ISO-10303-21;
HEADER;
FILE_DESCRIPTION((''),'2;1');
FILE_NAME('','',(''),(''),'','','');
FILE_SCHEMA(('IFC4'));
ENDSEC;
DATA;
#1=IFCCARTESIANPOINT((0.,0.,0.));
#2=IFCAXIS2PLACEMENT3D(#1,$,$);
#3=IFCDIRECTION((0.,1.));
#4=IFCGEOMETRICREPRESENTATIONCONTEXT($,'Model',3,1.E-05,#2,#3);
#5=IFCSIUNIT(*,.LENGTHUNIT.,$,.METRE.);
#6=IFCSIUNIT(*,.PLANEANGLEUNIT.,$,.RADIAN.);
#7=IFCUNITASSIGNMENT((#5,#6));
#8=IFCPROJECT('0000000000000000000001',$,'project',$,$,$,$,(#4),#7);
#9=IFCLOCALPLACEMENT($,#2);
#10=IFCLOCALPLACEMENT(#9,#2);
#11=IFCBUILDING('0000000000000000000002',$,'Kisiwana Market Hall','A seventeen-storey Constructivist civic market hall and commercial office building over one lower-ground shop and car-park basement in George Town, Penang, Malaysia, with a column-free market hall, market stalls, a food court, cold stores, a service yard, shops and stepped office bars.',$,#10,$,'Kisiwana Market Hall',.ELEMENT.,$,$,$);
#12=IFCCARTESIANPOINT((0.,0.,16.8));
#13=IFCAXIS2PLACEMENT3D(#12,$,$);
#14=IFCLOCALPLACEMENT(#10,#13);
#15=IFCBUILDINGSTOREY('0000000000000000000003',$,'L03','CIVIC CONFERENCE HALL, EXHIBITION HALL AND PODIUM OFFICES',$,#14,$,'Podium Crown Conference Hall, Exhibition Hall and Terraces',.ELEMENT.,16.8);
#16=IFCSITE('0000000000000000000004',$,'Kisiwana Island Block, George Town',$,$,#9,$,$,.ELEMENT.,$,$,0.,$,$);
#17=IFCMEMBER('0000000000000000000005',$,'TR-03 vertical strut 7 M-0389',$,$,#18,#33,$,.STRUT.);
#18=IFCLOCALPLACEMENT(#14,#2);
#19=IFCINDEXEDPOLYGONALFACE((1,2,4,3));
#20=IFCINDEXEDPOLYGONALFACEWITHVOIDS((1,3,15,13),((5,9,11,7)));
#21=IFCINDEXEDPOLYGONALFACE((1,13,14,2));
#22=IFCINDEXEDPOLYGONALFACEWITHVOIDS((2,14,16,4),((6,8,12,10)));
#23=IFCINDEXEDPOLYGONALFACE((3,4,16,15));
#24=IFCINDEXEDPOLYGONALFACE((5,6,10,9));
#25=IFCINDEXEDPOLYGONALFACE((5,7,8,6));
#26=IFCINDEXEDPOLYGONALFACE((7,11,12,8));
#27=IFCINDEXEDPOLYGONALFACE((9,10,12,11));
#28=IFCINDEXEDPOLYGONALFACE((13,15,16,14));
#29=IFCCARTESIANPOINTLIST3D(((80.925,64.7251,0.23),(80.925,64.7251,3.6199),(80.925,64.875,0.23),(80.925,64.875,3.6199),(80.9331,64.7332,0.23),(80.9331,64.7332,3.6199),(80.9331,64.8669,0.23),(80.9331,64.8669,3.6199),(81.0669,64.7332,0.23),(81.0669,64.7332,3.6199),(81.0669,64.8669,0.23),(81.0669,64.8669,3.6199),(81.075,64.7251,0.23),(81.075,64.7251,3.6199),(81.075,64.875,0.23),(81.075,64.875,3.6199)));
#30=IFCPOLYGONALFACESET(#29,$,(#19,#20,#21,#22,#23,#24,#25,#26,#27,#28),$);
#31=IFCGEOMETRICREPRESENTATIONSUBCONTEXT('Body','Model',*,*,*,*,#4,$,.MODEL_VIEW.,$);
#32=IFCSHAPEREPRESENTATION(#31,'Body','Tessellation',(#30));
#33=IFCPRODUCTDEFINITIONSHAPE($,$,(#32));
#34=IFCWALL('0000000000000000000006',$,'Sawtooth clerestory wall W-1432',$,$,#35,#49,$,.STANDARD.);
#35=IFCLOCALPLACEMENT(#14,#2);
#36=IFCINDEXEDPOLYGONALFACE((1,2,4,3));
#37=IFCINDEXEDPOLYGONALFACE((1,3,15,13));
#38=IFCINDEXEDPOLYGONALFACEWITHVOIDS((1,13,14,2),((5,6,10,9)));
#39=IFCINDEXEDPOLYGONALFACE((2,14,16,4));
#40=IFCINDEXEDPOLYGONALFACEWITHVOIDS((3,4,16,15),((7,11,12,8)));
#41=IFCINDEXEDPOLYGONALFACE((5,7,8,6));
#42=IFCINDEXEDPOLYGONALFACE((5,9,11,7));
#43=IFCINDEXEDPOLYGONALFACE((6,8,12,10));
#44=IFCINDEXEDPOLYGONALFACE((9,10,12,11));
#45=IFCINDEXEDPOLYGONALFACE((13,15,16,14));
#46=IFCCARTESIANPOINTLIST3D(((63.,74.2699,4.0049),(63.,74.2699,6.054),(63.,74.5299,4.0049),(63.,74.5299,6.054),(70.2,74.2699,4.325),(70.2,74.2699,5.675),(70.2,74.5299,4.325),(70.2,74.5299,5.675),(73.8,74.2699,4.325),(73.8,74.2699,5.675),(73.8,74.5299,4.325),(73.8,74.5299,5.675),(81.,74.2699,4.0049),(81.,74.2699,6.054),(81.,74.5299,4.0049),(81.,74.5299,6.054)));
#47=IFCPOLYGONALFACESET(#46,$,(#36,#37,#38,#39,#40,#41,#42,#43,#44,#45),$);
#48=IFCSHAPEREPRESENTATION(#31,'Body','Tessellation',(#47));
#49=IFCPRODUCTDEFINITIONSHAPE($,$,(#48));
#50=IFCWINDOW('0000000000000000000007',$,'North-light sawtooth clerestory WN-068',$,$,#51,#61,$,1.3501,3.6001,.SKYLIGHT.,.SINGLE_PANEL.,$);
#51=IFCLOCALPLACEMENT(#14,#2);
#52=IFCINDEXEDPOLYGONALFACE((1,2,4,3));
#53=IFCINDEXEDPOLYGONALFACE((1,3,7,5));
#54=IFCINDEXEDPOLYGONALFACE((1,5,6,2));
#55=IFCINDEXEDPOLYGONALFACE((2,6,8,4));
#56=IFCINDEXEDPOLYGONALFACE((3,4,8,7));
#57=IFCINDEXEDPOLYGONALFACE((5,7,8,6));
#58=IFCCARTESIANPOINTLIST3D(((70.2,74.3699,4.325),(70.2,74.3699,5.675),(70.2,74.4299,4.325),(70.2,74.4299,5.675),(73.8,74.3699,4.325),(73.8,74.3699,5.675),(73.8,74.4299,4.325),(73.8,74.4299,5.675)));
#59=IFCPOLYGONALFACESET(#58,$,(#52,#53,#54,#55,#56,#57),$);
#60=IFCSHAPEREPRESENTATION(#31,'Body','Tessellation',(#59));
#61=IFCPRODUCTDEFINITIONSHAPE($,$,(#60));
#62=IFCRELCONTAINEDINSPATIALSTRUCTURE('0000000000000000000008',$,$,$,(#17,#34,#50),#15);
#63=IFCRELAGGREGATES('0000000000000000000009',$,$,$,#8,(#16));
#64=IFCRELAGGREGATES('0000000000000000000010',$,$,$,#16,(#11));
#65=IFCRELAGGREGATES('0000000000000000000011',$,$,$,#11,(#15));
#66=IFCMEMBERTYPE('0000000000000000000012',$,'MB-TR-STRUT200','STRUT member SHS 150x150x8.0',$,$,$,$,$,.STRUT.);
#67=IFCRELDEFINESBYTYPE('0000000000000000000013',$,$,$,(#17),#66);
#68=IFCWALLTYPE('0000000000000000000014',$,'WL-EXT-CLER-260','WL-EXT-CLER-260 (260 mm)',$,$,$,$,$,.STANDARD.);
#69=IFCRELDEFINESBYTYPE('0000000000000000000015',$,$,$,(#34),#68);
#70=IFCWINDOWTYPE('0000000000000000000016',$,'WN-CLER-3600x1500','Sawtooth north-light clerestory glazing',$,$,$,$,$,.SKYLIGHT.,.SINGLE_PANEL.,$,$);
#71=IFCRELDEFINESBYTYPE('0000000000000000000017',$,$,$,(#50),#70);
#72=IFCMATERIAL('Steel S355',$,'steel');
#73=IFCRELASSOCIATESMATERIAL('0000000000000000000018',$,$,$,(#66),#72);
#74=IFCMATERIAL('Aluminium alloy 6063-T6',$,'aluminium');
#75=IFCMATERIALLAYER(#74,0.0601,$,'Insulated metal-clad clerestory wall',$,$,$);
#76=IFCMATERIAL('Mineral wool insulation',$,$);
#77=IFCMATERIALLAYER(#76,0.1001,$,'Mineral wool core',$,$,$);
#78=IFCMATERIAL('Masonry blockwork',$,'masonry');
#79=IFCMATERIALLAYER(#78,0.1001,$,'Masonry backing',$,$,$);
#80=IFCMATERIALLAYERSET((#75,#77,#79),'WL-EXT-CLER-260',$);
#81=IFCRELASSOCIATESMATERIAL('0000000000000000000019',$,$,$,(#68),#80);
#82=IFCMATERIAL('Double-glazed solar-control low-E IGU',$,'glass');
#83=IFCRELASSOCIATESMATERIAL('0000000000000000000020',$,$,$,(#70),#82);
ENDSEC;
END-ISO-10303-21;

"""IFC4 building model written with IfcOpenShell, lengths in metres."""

from ifc_helpers import new_model, si_unit, direction, frame, frame_2d, origin, origin_2d, place, context, subcontext, project, spatial, rectangle, hollow_rectangle, extrude, material, layer, layer_set, material_profile, profile_set, type_object, element, fill, save


model = new_model("IFC4")

# Units and contexts
model_context = context("Model", 3, precision=1e-05, world=origin(), true_north=direction((0.0, 1.0)))
body_context = subcontext(model_context, "Body", "Model", "MODEL_VIEW")
ifc_project = project(units=[si_unit("LENGTHUNIT", "METRE"), si_unit("PLANEANGLEUNIT", "RADIAN")], contexts=[model_context])

# Site, building, storey
site_placement = place(None, origin())
site = spatial("IfcSite", under=ifc_project, at=site_placement, Name="Kisiwana Island Block, George Town", CompositionType="ELEMENT", RefElevation=0.0)
building_placement = place(site_placement, origin())
building = spatial("IfcBuilding", under=site, at=building_placement, Name="Kisiwana Market Hall", Description="A seventeen-storey Constructivist civic market hall and commercial office building over one lower-ground shop and car-park basement in George Town, Penang, Malaysia, with a column-free market hall, market stalls, a food court, cold stores, a service yard, shops and stepped office bars.", LongName="Kisiwana Market Hall", CompositionType="ELEMENT")
storey_placement = place(building_placement, frame((0.0, 0.0, 16.8)))
storey = spatial("IfcBuildingStorey", under=building, at=storey_placement, Name="L03", Description="CIVIC CONFERENCE HALL, EXHIBITION HALL AND PODIUM OFFICES", LongName="Podium Crown Conference Hall, Exhibition Hall and Terraces", CompositionType="ELEMENT", Elevation=16.8)

# Member
ifc_material_1 = material(Name="Steel S355", Category="steel")
ifc_material_profile_1 = material_profile(ifc_material_1, hollow_rectangle(XDim=0.1499, YDim=0.1499, WallThickness=0.0081, at=origin_2d()), Name="SHS 150x150x8.0")
ifc_profile_set_1 = profile_set([ifc_material_profile_1], Name="Steel S355")
member_type_1 = type_object("IfcMemberType", Name="MB-TR-STRUT200", Description="STRUT member SHS 150x150x8.0", PredefinedType="STRUT", material=ifc_profile_set_1)
for number, where, z_axis, x_axis, name in (
    (1, (81.0, 64.8, 0.23), (0.0, 0.0, 1.0), (1.0, 0.0, 0.0), "TR-03 vertical strut 7 M-0389"),
):
    element("IfcMember", number, at=place(storey_placement, frame(where, z_axis=z_axis, x_axis=x_axis)), inside=storey, type_object=member_type_1, Name=name, PredefinedType="STRUT", context=body_context, shape_type="SweptSolid", body=[
        extrude(hollow_rectangle(XDim=0.1499, YDim=0.1499, WallThickness=0.0081, at=origin_2d()), origin(), (0.0, 0.0, 1.0), 3.3899),
    ])

# Wall, opening, window
ifc_material_2 = material(Name="Aluminium alloy 6063-T6", Category="aluminium")
ifc_layer_1 = layer(ifc_material_2, 0.0601, Name="Insulated metal-clad clerestory wall")
ifc_material_3 = material(Name="Mineral wool insulation")
ifc_layer_2 = layer(ifc_material_3, 0.1001, Name="Mineral wool core")
ifc_material_4 = material(Name="Masonry blockwork", Category="masonry")
ifc_layer_3 = layer(ifc_material_4, 0.1001, Name="Masonry backing")
ifc_layer_set = layer_set([ifc_layer_1, ifc_layer_2, ifc_layer_3], Name="WL-EXT-CLER-260")
wall_type = type_object("IfcWallType", Name="WL-EXT-CLER-260", Description="WL-EXT-CLER-260 (260 mm)", PredefinedType="STANDARD", material=ifc_layer_set)
wall_placement = place(storey_placement, frame((63.0, 74.3999, 4.0049), z_axis=(0.0, 0.0, 1.0), x_axis=(1.0, 0.0, 0.0)))
wall = element("IfcWall", 2, at=wall_placement, inside=storey, type_object=wall_type, Name="Sawtooth clerestory wall W-1432", PredefinedType="STANDARD", context=body_context, shape_type="SweptSolid", body=[
    extrude(rectangle(XDim=18.0, YDim=0.26, at=frame_2d((9.0, 0.0))), origin(), (0.0, 0.0, 1.0), 2.0491),
])
opening_placement = place(wall_placement, frame((7.2, 0.0, 0.3201)))
opening = element("IfcOpeningElement", 3, at=opening_placement, cuts=wall, PredefinedType="OPENING", context=body_context, shape_type="SweptSolid", body=[
    extrude(rectangle(XDim=3.6001, YDim=1.3501, at=frame_2d((1.8, 0.675))), frame((0.0, 0.1421, 0.0), z_axis=(0.0, -1.0, 0.0), x_axis=(1.0, 0.0, 0.0)), (0.0, 0.0, 1.0), 0.2839),
])
ifc_material_5 = material(Name="Double-glazed solar-control low-E IGU", Category="glass")
window_type = type_object("IfcWindowType", Name="WN-CLER-3600x1500", Description="Sawtooth north-light clerestory glazing", PartitioningType="SINGLE_PANEL", PredefinedType="SKYLIGHT", material=ifc_material_5)
window_placement = place(opening_placement, origin())
window = element("IfcWindow", 4, at=window_placement, inside=storey, type_object=window_type, Name="North-light sawtooth clerestory WN-068", OverallHeight=1.3501, OverallWidth=3.6001, PartitioningType="SINGLE_PANEL", PredefinedType="SKYLIGHT", context=body_context, shape_type="SweptSolid", body=[
    extrude(rectangle(XDim=3.6001, YDim=1.3501, at=frame_2d((1.8, 0.675))), frame((0.0, 0.03, 0.0), z_axis=(0.0, -1.0, 0.0), x_axis=(1.0, 0.0, 0.0)), (0.0, 0.0, 1.0), 0.0601),
])
fill(opening, window)

save(model, "model.ifc")
